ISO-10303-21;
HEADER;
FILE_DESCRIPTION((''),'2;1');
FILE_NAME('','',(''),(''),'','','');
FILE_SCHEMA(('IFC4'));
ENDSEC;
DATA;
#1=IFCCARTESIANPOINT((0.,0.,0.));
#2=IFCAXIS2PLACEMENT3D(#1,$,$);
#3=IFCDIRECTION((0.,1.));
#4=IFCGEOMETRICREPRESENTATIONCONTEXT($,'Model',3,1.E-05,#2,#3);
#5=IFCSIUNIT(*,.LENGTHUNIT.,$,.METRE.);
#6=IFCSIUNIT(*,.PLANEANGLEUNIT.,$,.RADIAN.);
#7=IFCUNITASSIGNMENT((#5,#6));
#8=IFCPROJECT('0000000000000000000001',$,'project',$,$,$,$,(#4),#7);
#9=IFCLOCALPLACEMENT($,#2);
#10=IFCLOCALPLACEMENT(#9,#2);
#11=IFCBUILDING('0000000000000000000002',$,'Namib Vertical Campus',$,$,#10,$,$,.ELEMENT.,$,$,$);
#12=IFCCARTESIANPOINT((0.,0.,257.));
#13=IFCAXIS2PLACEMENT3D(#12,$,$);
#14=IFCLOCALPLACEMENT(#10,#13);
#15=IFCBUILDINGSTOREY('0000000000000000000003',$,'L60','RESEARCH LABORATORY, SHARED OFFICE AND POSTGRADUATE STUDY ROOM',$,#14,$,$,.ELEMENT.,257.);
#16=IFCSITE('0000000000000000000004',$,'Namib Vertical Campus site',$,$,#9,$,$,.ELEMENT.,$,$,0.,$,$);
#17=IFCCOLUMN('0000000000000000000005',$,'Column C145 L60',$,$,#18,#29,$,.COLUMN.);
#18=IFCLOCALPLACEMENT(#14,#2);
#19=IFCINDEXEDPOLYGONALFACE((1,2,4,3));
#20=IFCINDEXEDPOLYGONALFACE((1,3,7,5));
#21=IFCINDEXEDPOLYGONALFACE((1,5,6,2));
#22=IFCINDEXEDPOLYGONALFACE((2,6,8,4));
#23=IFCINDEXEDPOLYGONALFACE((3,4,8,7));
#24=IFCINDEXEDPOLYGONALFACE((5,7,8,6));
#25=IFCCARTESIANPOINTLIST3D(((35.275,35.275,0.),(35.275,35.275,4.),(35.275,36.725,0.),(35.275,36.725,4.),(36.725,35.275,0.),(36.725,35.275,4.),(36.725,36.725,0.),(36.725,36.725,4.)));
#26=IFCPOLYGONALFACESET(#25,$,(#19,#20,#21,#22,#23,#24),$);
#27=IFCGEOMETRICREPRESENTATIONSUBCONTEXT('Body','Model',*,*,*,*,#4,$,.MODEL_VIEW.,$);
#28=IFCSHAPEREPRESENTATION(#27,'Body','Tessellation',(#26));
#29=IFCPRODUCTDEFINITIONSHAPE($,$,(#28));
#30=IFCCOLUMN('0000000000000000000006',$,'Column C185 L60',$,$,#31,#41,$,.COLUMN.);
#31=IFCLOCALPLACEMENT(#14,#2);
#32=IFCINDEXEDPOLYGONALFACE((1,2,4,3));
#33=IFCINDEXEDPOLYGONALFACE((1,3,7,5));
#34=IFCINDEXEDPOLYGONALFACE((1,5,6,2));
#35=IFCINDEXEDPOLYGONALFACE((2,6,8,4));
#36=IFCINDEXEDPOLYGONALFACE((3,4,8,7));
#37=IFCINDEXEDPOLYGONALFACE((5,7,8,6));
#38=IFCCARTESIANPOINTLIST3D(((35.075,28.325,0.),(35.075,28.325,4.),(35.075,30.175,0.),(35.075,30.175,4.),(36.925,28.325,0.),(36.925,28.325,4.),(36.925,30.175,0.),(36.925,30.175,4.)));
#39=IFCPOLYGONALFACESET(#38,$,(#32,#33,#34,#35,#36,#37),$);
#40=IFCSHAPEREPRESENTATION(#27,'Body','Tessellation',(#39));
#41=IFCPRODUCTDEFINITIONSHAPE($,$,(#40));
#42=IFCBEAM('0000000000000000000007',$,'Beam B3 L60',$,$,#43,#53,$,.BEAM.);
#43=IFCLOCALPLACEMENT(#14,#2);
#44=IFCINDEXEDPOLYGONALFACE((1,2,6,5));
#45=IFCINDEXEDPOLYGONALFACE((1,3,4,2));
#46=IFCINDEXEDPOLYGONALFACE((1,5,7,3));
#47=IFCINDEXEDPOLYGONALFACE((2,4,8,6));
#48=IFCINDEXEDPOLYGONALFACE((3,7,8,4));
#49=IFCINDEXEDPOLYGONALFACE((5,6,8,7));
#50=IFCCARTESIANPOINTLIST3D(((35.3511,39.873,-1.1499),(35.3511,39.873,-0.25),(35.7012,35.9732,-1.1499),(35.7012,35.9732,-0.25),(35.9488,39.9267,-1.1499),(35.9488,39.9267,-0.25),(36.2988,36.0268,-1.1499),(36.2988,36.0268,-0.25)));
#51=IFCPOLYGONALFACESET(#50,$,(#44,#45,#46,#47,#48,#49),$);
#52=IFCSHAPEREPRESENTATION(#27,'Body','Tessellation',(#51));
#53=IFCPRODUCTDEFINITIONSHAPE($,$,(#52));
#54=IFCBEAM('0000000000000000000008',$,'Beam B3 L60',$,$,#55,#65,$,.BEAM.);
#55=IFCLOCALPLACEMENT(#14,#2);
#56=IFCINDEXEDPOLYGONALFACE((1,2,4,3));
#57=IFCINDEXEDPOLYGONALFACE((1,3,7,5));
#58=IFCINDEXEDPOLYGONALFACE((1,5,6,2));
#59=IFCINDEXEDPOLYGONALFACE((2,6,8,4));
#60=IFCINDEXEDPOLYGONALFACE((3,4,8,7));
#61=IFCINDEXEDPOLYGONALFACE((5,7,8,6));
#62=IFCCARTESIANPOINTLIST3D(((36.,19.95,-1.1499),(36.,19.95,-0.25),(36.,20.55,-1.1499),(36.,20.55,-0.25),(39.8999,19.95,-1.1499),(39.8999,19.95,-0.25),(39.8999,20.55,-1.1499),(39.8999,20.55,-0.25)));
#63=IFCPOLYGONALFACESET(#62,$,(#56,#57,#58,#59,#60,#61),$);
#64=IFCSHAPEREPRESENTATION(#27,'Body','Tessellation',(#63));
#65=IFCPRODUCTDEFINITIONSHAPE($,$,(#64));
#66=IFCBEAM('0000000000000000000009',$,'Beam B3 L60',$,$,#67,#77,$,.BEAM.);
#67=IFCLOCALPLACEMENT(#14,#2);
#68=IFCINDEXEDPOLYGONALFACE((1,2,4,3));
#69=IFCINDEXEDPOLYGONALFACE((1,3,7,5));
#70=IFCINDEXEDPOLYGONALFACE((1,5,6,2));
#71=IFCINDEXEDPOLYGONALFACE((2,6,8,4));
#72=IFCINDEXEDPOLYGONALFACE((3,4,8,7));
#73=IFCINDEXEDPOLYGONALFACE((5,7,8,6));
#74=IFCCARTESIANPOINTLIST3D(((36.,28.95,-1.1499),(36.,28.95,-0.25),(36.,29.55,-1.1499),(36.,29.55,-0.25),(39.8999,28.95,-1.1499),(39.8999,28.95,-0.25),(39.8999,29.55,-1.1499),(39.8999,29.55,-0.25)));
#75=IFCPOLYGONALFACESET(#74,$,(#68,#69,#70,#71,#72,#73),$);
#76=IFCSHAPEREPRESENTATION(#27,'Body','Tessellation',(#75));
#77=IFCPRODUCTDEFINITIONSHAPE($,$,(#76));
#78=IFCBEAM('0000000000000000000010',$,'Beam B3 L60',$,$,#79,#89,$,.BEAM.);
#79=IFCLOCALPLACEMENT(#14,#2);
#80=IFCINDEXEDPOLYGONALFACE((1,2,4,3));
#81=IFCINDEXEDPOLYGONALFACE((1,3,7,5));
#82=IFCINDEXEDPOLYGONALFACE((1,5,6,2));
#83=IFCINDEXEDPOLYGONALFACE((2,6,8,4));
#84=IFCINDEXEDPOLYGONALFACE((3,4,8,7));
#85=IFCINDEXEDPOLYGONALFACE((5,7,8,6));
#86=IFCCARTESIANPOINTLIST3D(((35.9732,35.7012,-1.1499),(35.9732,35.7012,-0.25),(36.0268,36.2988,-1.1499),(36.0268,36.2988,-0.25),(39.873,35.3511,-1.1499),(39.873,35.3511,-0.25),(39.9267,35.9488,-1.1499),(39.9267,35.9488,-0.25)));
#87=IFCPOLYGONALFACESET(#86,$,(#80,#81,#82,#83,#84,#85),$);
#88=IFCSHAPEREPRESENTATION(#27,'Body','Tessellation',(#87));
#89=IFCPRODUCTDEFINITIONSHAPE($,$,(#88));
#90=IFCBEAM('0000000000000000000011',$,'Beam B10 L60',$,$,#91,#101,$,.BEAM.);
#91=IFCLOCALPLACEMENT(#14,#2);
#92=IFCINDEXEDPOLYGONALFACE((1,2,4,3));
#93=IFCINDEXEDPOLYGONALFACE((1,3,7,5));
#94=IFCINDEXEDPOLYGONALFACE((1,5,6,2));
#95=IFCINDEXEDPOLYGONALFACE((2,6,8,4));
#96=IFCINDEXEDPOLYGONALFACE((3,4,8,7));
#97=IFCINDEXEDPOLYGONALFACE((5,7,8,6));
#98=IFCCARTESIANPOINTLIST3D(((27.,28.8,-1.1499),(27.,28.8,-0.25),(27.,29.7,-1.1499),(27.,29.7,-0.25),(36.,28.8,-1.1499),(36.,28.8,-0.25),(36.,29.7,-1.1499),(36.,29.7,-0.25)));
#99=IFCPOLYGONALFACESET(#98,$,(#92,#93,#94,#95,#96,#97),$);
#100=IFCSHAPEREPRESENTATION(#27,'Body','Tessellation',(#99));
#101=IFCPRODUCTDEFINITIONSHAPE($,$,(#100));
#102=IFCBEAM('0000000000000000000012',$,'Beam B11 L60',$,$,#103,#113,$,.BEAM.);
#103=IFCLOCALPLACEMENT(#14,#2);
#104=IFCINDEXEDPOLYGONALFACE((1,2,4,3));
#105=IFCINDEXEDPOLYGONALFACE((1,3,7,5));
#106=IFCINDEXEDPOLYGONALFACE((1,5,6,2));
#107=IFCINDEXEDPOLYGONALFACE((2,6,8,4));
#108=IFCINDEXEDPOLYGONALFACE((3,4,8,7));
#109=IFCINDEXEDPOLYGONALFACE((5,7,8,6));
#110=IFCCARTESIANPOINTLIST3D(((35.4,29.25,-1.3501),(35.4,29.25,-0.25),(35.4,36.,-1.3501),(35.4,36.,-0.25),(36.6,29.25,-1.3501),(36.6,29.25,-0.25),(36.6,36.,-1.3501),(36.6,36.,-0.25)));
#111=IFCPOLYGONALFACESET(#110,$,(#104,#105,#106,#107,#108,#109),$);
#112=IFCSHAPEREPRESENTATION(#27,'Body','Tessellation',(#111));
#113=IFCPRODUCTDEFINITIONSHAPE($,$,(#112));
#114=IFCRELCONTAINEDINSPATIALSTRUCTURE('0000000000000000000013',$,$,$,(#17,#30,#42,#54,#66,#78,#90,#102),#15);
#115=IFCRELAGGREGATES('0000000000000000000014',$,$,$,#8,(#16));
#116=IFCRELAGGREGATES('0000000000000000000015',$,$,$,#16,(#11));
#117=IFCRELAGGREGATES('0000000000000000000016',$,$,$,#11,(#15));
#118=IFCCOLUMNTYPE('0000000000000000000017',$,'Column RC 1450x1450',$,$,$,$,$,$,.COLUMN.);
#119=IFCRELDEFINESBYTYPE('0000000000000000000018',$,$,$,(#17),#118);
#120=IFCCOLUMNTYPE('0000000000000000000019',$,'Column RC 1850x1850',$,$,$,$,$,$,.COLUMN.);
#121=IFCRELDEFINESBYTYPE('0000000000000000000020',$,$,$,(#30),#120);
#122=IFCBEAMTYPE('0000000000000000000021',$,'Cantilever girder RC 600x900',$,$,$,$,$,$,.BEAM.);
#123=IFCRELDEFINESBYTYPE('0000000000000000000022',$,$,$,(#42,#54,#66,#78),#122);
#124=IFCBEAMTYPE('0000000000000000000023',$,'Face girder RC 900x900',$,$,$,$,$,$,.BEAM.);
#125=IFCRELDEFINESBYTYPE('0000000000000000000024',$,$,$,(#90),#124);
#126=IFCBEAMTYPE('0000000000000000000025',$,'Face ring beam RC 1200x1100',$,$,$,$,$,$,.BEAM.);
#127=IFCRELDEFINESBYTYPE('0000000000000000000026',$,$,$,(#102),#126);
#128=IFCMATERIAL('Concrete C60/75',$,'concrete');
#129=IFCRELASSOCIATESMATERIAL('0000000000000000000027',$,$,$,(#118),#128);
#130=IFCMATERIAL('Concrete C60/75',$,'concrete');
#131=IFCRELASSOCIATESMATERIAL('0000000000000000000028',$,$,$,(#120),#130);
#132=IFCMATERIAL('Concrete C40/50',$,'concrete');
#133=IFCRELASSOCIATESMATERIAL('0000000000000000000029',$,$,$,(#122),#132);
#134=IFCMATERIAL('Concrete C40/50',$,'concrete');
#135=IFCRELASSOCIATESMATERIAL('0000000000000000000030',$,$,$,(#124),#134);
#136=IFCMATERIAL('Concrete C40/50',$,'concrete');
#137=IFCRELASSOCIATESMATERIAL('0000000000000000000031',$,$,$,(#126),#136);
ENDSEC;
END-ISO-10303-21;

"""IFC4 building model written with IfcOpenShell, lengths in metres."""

from ifc_helpers import new_model, si_unit, direction, frame, origin, origin_2d, place, context, subcontext, project, spatial, rectangle, extrude, material, material_profile, profile_set, type_object, element, save


model = new_model("IFC4")

# Units and contexts
model_context = context("Model", 3, precision=1e-05, world=origin(), true_north=direction((0.0, 1.0)))
body_context = subcontext(model_context, "Body", "Model", "MODEL_VIEW")
ifc_project = project(units=[si_unit("LENGTHUNIT", "METRE"), si_unit("PLANEANGLEUNIT", "RADIAN")], contexts=[model_context])

# Site, building, storey
site_placement = place(None, origin())
site = spatial("IfcSite", under=ifc_project, at=site_placement, Name="Namib Vertical Campus site", CompositionType="ELEMENT", RefElevation=0.0)
building_placement = place(site_placement, origin())
building = spatial("IfcBuilding", under=site, at=building_placement, Name="Namib Vertical Campus", CompositionType="ELEMENT")
storey_placement = place(building_placement, frame((0.0, 0.0, 257.0)))
storey = spatial("IfcBuildingStorey", under=building, at=storey_placement, Name="L60", Description="RESEARCH LABORATORY, SHARED OFFICE AND POSTGRADUATE STUDY ROOM", CompositionType="ELEMENT", Elevation=257.0)

# Columns
ifc_material_1 = material(Name="Concrete C60/75", Category="concrete")
ifc_material_profile_1 = material_profile(ifc_material_1, rectangle(XDim=1.45, YDim=1.45, at=origin_2d()))
ifc_profile_set_1 = profile_set([ifc_material_profile_1], Name="Concrete C60/75")
column_type_1 = type_object("IfcColumnType", Name="Column RC 1450x1450", PredefinedType="COLUMN", material=ifc_profile_set_1)
column_1_placement = place(storey_placement, frame((36.0, 36.0, 0.0), z_axis=(0.0, 0.0, 1.0), x_axis=(1.0, 0.0, 0.0)))
element("IfcColumn", 1, at=column_1_placement, inside=storey, type_object=column_type_1, Name="Column C145 L60", PredefinedType="COLUMN", context=body_context, shape_type="SweptSolid", body=[
    extrude(rectangle(XDim=1.45, YDim=1.45, at=origin_2d()), origin(), (0.0, 0.0, 1.0), 4.0),
])
ifc_material_2 = material(Name="Concrete C60/75", Category="concrete")
ifc_material_profile_2 = material_profile(ifc_material_2, rectangle(XDim=1.8501, YDim=1.8501, at=origin_2d()))
ifc_profile_set_2 = profile_set([ifc_material_profile_2], Name="Concrete C60/75")
column_type_2 = type_object("IfcColumnType", Name="Column RC 1850x1850", PredefinedType="COLUMN", material=ifc_profile_set_2)
column_2_placement = place(storey_placement, frame((36.0, 29.25, 0.0), z_axis=(0.0, 0.0, 1.0), x_axis=(1.0, 0.0, 0.0)))
element("IfcColumn", 2, at=column_2_placement, inside=storey, type_object=column_type_2, Name="Column C185 L60", PredefinedType="COLUMN", context=body_context, shape_type="SweptSolid", body=[
    extrude(rectangle(XDim=1.8501, YDim=1.8501, at=origin_2d()), origin(), (0.0, 0.0, 1.0), 4.0),
])

# Beams
ifc_material_3 = material(Name="Concrete C40/50", Category="concrete")
ifc_material_profile_3 = material_profile(ifc_material_3, rectangle(XDim=0.6001, YDim=0.8999, at=origin_2d()))
ifc_profile_set_3 = profile_set([ifc_material_profile_3], Name="Concrete C40/50")
beam_type_1 = type_object("IfcBeamType", Name="Cantilever girder RC 600x900", PredefinedType="BEAM", material=ifc_profile_set_3)
beam_1_placement = place(storey_placement, frame((36.0, 36.0, -0.7), z_axis=(-0.089411, 0.995995, 0.0), x_axis=(-0.995995, -0.089411, 0.0)))
element("IfcBeam", 3, at=beam_1_placement, inside=storey, type_object=beam_type_1, Name="Beam B3 L60", PredefinedType="BEAM", context=body_context, shape_type="SweptSolid", body=[
    extrude(rectangle(XDim=0.6001, YDim=0.8999, at=origin_2d()), origin(), (0.0, 0.0, 1.0), 3.9155),
])
for number, where, z_axis, x_axis, name in (
    (4, (36.0, 20.25, -0.7), (1.0, 0.0, 0.0), (0.0, 1.0, 0.0), "Beam B3 L60"),
    (5, (36.0, 29.25, -0.7), (1.0, 0.0, 0.0), (0.0, 1.0, 0.0), "Beam B3 L60"),
):
    element("IfcBeam", number, at=place(storey_placement, frame(where, z_axis=z_axis, x_axis=x_axis)), inside=storey, type_object=beam_type_1, Name=name, PredefinedType="BEAM", context=body_context, shape_type="SweptSolid", body=[
        extrude(rectangle(XDim=0.6001, YDim=0.8999, at=origin_2d()), origin(), (0.0, 0.0, 1.0), 3.8999),
    ])
beam_2_placement = place(storey_placement, frame((36.0, 36.0, -0.7), z_axis=(0.995995, -0.089411, 0.0), x_axis=(0.089411, 0.995995, 0.0)))
element("IfcBeam", 6, at=beam_2_placement, inside=storey, type_object=beam_type_1, Name="Beam B3 L60", PredefinedType="BEAM", context=body_context, shape_type="SweptSolid", body=[
    extrude(rectangle(XDim=0.6001, YDim=0.8999, at=origin_2d()), origin(), (0.0, 0.0, 1.0), 3.9155),
])
ifc_material_4 = material(Name="Concrete C40/50", Category="concrete")
ifc_material_profile_4 = material_profile(ifc_material_4, rectangle(XDim=0.8999, YDim=0.8999, at=origin_2d()))
ifc_profile_set_4 = profile_set([ifc_material_profile_4], Name="Concrete C40/50")
beam_type_2 = type_object("IfcBeamType", Name="Face girder RC 900x900", PredefinedType="BEAM", material=ifc_profile_set_4)
beam_3_placement = place(storey_placement, frame((36.0, 29.25, -0.7), z_axis=(-1.0, 0.0, 0.0), x_axis=(0.0, -1.0, 0.0)))
element("IfcBeam", 7, at=beam_3_placement, inside=storey, type_object=beam_type_2, Name="Beam B10 L60", PredefinedType="BEAM", context=body_context, shape_type="SweptSolid", body=[
    extrude(rectangle(XDim=0.8999, YDim=0.8999, at=origin_2d()), origin(), (0.0, 0.0, 1.0), 9.0),
])
ifc_material_5 = material(Name="Concrete C40/50", Category="concrete")
ifc_material_profile_5 = material_profile(ifc_material_5, rectangle(XDim=1.2, YDim=1.1001, at=origin_2d()))
ifc_profile_set_5 = profile_set([ifc_material_profile_5], Name="Concrete C40/50")
beam_type_3 = type_object("IfcBeamType", Name="Face ring beam RC 1200x1100", PredefinedType="BEAM", material=ifc_profile_set_5)
beam_4_placement = place(storey_placement, frame((36.0, 29.25, -0.8), z_axis=(0.0, 1.0, 0.0), x_axis=(-1.0, 0.0, 0.0)))
element("IfcBeam", 8, at=beam_4_placement, inside=storey, type_object=beam_type_3, Name="Beam B11 L60", PredefinedType="BEAM", context=body_context, shape_type="SweptSolid", body=[
    extrude(rectangle(XDim=1.2, YDim=1.1001, at=origin_2d()), origin(), (0.0, 0.0, 1.0), 6.75),
])

save(model, "model.ifc")
